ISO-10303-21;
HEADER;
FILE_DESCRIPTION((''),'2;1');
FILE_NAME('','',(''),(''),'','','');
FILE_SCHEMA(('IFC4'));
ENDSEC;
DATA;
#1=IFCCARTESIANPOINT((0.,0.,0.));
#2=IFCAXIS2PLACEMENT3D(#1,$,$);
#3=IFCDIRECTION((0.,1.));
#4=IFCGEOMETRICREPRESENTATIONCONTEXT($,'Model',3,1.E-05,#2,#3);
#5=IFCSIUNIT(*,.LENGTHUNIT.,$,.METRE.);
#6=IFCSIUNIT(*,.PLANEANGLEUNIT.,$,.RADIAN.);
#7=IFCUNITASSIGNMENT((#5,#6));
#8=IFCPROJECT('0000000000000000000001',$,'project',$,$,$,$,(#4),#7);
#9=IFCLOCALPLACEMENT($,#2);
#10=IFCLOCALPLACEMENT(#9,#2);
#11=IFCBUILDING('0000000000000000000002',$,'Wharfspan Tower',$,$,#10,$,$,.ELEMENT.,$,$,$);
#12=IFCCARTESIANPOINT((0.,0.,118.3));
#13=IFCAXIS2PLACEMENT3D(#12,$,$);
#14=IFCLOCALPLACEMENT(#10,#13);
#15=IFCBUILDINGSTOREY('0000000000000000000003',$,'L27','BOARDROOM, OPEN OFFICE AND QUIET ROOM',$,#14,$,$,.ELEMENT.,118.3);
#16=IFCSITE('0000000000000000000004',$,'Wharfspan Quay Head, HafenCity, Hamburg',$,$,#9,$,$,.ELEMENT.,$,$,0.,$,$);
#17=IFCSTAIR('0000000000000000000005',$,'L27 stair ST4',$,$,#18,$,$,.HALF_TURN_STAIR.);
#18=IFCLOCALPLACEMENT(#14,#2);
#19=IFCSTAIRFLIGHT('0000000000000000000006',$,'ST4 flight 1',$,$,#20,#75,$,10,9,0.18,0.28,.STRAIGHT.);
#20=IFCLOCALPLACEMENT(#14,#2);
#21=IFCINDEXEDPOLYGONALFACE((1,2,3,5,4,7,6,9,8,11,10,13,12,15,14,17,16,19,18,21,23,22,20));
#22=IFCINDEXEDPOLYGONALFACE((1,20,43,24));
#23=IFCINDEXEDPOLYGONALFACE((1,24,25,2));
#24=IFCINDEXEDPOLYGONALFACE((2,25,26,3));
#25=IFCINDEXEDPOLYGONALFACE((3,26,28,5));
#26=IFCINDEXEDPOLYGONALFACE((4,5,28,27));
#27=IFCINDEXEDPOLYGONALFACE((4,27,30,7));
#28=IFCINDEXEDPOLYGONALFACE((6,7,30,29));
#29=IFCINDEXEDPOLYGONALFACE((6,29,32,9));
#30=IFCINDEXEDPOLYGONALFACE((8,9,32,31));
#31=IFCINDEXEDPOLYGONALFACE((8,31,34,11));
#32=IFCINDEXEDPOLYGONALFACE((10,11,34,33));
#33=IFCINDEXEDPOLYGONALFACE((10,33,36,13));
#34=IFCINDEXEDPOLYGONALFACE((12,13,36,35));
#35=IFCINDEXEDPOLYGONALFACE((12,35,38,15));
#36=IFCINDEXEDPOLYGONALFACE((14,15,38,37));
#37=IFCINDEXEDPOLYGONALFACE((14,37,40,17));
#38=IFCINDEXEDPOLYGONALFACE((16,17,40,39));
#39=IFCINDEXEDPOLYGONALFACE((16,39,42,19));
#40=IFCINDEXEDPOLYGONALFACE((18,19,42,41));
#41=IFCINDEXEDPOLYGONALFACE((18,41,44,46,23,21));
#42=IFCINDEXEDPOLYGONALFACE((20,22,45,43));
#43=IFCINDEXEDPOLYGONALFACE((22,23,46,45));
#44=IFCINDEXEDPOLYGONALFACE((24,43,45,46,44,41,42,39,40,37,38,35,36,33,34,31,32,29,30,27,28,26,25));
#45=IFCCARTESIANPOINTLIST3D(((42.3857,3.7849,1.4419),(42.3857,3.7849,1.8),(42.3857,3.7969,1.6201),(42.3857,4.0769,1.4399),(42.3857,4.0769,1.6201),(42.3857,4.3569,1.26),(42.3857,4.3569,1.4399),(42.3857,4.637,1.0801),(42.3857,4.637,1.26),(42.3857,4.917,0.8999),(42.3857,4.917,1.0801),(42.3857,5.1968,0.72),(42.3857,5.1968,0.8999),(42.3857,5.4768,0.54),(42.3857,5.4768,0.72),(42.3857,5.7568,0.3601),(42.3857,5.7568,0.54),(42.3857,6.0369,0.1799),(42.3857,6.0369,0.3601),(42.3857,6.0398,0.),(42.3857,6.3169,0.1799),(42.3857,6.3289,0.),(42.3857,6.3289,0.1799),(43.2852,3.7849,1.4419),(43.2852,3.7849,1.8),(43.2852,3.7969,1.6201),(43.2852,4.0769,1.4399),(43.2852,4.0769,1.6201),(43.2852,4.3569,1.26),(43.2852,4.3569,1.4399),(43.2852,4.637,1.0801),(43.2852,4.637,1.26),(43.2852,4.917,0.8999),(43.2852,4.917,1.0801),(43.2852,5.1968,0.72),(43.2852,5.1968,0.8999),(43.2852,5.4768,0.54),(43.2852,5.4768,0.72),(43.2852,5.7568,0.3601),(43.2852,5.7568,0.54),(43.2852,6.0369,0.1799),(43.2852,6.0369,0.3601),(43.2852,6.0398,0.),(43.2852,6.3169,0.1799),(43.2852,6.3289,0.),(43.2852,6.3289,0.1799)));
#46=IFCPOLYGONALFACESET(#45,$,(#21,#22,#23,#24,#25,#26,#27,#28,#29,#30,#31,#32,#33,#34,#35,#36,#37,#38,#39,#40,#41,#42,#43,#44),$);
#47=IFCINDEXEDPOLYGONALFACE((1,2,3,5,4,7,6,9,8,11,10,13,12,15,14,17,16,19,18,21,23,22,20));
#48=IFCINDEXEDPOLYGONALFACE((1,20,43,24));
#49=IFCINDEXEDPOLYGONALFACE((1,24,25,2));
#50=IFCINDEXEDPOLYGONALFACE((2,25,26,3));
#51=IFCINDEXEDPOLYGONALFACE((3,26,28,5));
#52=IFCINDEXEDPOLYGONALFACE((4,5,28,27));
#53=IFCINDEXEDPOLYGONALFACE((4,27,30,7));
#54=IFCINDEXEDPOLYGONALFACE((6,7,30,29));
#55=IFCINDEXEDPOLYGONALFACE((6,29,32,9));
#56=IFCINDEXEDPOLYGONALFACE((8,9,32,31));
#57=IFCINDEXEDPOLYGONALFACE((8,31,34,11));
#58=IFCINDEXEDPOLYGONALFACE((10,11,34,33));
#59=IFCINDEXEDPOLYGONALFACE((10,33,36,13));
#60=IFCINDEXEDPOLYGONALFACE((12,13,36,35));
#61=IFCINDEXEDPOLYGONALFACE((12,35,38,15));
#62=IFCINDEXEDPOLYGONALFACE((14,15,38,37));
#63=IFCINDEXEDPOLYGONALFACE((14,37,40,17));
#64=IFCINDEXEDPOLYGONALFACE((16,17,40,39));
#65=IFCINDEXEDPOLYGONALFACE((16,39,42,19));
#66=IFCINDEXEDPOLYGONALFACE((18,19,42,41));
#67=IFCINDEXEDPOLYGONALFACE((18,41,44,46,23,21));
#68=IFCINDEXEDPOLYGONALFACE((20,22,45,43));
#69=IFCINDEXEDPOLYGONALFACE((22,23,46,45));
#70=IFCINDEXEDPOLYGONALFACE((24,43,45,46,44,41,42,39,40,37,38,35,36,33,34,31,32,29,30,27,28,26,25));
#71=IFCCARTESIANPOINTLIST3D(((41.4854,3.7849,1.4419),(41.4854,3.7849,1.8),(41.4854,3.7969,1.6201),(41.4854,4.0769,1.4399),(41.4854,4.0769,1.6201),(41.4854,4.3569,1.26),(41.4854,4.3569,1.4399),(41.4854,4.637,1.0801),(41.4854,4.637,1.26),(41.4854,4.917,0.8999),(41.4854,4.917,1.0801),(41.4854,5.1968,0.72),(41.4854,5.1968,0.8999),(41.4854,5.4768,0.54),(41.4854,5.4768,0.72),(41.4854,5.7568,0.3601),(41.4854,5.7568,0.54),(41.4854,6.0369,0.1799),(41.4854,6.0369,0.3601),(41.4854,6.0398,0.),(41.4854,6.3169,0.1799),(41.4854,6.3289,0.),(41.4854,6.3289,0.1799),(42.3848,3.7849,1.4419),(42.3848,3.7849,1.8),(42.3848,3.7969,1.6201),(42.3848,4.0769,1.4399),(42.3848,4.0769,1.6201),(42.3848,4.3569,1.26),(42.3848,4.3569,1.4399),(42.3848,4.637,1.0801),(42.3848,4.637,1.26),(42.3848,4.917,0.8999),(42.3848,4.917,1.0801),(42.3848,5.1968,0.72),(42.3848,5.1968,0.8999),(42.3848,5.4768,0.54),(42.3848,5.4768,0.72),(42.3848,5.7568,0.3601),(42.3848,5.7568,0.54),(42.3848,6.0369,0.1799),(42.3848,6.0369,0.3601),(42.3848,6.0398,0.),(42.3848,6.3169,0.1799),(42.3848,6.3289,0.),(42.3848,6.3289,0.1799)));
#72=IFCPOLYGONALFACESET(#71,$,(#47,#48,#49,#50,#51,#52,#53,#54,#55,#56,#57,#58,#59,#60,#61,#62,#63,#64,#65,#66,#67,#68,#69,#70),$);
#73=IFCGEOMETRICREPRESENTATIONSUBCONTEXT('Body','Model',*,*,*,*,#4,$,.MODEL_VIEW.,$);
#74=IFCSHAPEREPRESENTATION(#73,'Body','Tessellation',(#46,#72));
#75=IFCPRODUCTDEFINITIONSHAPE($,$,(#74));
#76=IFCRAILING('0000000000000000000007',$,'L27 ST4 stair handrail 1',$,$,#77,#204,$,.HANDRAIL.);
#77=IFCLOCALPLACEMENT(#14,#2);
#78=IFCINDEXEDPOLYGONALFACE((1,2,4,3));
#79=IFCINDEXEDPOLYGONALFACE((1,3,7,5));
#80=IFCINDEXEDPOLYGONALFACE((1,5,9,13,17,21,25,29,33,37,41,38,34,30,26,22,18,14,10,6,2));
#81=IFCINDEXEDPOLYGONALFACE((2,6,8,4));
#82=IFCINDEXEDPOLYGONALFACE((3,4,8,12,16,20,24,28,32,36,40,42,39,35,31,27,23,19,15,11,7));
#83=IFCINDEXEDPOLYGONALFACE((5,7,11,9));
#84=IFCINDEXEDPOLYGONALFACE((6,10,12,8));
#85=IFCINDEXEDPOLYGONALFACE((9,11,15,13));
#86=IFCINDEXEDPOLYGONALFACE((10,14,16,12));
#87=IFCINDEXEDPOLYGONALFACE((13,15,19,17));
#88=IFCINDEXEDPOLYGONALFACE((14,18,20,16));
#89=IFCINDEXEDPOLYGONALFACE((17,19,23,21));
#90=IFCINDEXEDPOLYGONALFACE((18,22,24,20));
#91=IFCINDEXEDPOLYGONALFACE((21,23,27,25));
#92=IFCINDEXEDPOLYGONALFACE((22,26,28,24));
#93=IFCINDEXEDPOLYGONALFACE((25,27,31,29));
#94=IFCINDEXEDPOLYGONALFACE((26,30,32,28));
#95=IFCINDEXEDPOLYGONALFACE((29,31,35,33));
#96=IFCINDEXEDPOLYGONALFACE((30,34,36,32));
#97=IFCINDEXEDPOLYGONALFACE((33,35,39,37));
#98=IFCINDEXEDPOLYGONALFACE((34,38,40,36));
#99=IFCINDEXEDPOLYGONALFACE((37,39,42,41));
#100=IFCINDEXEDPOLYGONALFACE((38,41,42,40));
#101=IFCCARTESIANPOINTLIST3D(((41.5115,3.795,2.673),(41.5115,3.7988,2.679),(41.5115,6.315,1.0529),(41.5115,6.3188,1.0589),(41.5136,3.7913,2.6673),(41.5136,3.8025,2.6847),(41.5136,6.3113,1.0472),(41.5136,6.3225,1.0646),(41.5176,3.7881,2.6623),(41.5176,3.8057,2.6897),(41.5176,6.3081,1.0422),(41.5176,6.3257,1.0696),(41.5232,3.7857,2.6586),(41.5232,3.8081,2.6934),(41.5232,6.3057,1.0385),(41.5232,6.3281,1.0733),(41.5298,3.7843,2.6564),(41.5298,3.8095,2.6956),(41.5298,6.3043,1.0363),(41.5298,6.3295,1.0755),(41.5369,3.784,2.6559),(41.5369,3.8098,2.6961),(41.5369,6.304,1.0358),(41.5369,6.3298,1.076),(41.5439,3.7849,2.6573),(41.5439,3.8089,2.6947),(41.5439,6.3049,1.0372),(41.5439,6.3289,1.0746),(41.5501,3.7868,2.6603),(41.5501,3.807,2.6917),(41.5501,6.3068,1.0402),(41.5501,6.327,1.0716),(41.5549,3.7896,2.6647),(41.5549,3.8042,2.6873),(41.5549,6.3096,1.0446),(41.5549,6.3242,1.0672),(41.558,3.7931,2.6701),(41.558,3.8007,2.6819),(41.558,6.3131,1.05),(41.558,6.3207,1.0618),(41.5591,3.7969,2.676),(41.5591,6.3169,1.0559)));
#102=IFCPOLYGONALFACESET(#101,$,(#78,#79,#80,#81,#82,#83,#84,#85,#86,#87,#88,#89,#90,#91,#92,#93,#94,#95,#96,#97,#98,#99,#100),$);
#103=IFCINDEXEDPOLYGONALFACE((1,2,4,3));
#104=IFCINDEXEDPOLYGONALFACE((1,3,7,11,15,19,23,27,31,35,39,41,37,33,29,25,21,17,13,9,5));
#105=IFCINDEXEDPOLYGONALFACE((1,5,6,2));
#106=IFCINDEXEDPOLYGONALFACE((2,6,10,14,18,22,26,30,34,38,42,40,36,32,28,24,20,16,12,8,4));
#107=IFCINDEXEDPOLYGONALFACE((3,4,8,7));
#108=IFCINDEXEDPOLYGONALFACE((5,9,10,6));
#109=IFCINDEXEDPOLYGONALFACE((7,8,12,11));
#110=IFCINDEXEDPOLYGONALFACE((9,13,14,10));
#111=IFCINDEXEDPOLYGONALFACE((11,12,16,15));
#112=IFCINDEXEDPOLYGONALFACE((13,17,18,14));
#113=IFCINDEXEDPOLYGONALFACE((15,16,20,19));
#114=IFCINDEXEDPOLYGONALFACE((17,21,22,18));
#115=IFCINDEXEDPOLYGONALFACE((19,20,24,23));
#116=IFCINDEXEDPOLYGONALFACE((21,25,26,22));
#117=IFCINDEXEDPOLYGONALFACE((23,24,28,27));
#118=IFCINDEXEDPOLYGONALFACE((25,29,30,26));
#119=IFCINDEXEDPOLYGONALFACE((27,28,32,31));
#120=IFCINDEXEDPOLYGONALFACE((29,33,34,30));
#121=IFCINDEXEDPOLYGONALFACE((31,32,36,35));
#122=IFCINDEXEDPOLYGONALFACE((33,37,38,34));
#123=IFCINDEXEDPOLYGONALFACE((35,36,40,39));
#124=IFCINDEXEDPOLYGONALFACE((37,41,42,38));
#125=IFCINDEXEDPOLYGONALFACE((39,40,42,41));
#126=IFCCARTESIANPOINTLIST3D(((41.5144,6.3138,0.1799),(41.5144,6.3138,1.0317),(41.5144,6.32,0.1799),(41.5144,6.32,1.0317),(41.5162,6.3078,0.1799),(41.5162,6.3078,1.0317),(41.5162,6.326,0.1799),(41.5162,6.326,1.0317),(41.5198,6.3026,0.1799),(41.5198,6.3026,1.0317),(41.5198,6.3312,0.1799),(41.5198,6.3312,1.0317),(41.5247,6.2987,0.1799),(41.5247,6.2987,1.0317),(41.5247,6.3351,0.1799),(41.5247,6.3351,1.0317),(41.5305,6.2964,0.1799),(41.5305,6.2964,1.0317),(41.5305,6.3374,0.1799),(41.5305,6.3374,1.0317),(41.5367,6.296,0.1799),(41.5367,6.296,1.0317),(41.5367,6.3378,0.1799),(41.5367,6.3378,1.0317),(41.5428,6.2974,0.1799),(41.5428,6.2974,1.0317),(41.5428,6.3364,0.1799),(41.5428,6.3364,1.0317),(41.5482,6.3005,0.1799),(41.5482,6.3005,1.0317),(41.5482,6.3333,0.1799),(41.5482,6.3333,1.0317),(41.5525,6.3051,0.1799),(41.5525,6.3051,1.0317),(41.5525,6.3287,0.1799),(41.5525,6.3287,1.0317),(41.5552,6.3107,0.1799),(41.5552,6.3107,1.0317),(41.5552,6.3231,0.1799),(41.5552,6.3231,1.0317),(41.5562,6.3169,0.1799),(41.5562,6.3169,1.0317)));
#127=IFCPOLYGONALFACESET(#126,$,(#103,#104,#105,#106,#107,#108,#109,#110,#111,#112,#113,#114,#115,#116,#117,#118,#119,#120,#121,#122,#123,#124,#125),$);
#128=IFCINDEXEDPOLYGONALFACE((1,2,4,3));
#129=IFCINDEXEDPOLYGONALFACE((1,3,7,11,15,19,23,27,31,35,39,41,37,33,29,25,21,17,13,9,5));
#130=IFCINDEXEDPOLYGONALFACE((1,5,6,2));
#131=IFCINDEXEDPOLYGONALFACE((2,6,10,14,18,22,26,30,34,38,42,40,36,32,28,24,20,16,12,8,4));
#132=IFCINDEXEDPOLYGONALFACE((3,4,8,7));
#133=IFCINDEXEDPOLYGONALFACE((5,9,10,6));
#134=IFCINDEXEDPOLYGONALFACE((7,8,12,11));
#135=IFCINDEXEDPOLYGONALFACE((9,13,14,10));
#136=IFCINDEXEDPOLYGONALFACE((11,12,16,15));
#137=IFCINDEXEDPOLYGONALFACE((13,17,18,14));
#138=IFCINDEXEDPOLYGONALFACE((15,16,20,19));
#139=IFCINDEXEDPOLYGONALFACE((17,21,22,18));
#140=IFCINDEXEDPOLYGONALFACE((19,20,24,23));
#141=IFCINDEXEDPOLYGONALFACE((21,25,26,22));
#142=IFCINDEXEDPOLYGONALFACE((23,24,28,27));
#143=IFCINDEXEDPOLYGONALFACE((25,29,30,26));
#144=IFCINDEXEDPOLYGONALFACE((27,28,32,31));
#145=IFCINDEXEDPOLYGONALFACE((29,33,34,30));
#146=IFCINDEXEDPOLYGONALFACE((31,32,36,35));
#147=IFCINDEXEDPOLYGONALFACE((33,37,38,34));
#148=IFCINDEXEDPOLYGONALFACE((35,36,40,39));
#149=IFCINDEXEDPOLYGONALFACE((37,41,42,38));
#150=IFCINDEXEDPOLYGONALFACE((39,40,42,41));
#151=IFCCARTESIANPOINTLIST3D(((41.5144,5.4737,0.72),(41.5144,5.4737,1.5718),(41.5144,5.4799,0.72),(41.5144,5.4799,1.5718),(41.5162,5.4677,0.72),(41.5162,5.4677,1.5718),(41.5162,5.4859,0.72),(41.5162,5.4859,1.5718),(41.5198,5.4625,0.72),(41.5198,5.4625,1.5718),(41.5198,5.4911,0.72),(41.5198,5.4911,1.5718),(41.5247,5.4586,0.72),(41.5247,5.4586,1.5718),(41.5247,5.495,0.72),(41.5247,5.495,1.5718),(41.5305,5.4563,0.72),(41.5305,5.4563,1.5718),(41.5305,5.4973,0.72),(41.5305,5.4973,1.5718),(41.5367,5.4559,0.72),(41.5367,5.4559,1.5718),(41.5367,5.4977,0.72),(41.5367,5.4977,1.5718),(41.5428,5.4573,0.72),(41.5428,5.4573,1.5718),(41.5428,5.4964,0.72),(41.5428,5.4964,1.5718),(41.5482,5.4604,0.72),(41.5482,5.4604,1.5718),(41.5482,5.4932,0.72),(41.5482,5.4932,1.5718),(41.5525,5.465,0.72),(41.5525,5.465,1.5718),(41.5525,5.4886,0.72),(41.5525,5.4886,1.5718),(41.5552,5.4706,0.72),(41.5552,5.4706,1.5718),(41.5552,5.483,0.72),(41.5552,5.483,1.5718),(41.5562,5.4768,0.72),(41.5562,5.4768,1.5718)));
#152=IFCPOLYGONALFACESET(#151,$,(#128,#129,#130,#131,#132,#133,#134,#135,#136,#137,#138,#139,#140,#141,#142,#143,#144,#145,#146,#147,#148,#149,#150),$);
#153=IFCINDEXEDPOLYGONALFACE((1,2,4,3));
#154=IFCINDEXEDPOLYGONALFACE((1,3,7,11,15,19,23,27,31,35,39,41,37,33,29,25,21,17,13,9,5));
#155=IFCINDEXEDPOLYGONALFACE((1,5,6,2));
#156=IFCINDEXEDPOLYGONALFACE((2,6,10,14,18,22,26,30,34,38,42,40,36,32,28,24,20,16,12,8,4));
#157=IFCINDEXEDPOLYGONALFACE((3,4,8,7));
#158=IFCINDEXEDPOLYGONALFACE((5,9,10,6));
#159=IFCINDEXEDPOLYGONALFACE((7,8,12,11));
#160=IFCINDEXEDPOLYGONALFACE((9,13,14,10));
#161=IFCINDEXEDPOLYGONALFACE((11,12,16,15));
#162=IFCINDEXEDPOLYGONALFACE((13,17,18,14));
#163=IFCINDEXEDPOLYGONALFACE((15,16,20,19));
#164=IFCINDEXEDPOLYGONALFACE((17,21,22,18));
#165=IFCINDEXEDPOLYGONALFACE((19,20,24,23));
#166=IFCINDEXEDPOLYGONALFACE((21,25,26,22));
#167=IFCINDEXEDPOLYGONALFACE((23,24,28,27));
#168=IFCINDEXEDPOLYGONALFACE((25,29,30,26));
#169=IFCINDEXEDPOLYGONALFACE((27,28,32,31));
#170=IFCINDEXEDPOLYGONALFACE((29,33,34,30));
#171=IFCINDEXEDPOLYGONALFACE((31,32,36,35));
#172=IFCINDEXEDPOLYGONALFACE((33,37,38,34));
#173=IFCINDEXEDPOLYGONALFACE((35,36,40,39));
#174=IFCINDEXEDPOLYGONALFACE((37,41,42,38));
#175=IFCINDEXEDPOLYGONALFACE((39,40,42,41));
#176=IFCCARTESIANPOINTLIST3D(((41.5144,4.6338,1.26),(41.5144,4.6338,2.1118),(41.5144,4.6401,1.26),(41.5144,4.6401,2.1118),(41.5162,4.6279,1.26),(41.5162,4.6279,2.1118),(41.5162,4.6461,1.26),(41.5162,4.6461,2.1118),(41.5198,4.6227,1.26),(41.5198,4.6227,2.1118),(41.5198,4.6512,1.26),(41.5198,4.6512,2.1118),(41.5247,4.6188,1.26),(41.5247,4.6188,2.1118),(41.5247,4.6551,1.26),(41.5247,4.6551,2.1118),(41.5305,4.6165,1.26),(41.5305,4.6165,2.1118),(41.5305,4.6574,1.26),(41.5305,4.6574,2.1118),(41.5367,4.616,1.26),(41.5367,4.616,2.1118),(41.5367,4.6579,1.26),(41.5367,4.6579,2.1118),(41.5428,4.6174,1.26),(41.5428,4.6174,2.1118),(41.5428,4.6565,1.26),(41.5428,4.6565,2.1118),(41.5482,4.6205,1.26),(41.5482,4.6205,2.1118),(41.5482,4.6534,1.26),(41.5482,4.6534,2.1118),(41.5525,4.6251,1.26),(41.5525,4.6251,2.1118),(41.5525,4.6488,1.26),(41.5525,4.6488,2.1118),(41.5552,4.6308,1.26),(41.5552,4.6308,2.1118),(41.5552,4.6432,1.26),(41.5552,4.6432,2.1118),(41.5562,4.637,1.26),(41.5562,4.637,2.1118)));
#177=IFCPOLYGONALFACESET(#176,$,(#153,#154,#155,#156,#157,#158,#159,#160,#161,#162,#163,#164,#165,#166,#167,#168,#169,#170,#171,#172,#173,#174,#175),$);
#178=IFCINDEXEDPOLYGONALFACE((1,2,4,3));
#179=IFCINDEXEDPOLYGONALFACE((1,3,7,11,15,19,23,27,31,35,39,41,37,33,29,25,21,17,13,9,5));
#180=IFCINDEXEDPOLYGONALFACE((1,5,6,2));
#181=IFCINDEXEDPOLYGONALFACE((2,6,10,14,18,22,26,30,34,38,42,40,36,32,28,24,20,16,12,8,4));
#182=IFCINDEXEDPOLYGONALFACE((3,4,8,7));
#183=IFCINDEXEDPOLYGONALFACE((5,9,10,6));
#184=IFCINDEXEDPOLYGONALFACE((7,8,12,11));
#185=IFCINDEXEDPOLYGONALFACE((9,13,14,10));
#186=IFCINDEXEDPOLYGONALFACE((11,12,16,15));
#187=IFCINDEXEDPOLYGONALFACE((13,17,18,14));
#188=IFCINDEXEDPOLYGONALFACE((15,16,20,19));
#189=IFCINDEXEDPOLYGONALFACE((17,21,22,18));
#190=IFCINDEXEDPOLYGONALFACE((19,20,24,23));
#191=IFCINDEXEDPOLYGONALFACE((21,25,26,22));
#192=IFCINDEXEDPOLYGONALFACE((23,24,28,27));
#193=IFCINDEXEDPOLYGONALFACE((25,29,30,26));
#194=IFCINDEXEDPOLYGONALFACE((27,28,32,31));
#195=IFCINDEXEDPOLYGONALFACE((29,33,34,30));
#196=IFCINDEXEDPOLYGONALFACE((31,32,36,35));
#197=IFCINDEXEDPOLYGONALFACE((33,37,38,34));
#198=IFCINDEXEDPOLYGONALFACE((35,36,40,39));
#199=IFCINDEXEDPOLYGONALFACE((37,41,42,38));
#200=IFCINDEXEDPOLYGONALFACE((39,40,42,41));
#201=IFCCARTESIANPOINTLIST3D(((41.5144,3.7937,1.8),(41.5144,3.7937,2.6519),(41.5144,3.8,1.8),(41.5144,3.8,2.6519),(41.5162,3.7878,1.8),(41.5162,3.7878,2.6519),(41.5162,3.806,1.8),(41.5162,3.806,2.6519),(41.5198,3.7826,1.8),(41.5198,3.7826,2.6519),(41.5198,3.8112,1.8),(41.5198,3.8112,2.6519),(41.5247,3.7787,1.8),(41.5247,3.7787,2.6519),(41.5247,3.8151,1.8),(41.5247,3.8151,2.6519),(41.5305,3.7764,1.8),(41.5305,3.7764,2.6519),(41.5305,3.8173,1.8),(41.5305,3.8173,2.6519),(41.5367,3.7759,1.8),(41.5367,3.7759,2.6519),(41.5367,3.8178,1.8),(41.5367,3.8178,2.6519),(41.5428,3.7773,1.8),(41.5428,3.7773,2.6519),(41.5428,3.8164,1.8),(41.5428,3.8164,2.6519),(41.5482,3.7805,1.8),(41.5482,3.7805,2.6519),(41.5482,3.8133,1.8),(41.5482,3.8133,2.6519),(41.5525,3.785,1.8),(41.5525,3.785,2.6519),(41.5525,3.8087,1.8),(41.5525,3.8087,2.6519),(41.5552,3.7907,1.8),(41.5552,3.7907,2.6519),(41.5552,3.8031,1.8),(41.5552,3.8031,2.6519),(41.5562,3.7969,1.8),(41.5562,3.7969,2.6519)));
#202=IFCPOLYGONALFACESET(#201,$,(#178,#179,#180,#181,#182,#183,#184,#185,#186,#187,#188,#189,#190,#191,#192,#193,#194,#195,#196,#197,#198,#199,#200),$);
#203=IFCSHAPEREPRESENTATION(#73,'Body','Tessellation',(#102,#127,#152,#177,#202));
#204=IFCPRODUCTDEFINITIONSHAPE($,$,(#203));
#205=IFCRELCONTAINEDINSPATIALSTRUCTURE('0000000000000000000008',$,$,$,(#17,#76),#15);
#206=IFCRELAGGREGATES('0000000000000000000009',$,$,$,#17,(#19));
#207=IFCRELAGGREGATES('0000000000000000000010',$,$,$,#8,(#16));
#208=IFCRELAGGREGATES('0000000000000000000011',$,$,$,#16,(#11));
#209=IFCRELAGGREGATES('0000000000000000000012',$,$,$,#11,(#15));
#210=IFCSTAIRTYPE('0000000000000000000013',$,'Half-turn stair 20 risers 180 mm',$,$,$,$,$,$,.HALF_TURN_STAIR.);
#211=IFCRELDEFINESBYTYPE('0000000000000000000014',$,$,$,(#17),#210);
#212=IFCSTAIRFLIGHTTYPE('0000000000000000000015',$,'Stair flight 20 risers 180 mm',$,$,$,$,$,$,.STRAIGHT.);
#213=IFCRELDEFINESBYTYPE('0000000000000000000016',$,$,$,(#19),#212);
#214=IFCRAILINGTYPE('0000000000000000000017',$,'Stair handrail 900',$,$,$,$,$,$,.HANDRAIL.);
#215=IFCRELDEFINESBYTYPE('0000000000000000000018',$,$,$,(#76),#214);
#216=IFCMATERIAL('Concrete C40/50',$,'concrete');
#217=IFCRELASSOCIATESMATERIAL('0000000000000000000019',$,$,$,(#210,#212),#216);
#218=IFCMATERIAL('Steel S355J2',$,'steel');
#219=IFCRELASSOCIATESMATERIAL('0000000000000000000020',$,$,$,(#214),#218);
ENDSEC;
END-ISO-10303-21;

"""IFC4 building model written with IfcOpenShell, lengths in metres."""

from ifc_helpers import new_model, si_unit, direction, frame, origin, origin_2d, place, context, subcontext, project, spatial, polyline, circle, outline, extrude, material, type_object, element, aggregate, save


model = new_model("IFC4")

# Units and contexts
model_context = context("Model", 3, precision=1e-05, world=origin(), true_north=direction((0.0, 1.0)))
body_context = subcontext(model_context, "Body", "Model", "MODEL_VIEW")
ifc_project = project(units=[si_unit("LENGTHUNIT", "METRE"), si_unit("PLANEANGLEUNIT", "RADIAN")], contexts=[model_context])

# Site, building, storey
site_placement = place(None, origin())
site = spatial("IfcSite", under=ifc_project, at=site_placement, Name="Wharfspan Quay Head, HafenCity, Hamburg", CompositionType="ELEMENT", RefElevation=0.0)
building_placement = place(site_placement, origin())
building = spatial("IfcBuilding", under=site, at=building_placement, Name="Wharfspan Tower", CompositionType="ELEMENT")
storey_placement = place(building_placement, frame((0.0, 0.0, 118.3)))
storey = spatial("IfcBuildingStorey", under=building, at=storey_placement, Name="L27", Description="BOARDROOM, OPEN OFFICE AND QUIET ROOM", CompositionType="ELEMENT", Elevation=118.3)

# Shared definitions
ifc_material_1 = material(Name="Steel S355J2", Category="steel")

# Shared definitions
ifc_material_2 = material(Name="Concrete C40/50", Category="concrete")

# Stair, stair flight
stair_type = type_object("IfcStairType", Name="Half-turn stair 20 risers 180 mm", PredefinedType="HALF_TURN_STAIR", material=ifc_material_2)
stair_placement = place(storey_placement, origin())
stair = element("IfcStair", 1, at=stair_placement, inside=storey, type_object=stair_type, Name="L27 stair ST4", PredefinedType="HALF_TURN_STAIR")
stair_flight_type = type_object("IfcStairFlightType", Name="Stair flight 20 risers 180 mm", PredefinedType="STRAIGHT", material=ifc_material_2)
stair_flight_placement = place(storey_placement, frame((42.3853, 6.3169, 0.0), z_axis=(0.0, 0.0, 1.0), x_axis=(0.0, -1.0, 0.0)))
stair_flight = element("IfcStairFlight", 2, at=stair_flight_placement, type_object=stair_flight_type, Name="ST4 flight 1", NumberOfRisers=10, NumberOfTreads=9, PredefinedType="STRAIGHT", RiserHeight=0.18, TreadLength=0.28, context=body_context, shape_type="SweptSolid", body=[
    extrude(outline(polyline([(-0.012, 0.0), (-0.012, 0.1799), (0.0, 0.1799), (0.28, 0.1799), (0.28, 0.3601), (0.5601, 0.3601), (0.5601, 0.54), (0.8401, 0.54), (0.8401, 0.72), (1.1201, 0.72), (1.1201, 0.8999), (1.3999, 0.8999), (1.3999, 1.0801), (1.6799, 1.0801), (1.6799, 1.26), (1.96, 1.26), (1.96, 1.4399), (2.24, 1.4399), (2.24, 1.6201), (2.52, 1.6201), (2.532, 1.8), (2.532, 1.4419), (0.2771, 0.0), (-0.012, 0.0)])), frame((0.0, 0.8999, 0.0), z_axis=(0.0, -1.0, 0.0), x_axis=(1.0, 0.0, 0.0)), (0.0, 0.0, 1.0), 0.8994),
    extrude(outline(polyline([(-0.012, 0.0), (-0.012, 0.1799), (0.0, 0.1799), (0.28, 0.1799), (0.28, 0.3601), (0.5601, 0.3601), (0.5601, 0.54), (0.8401, 0.54), (0.8401, 0.72), (1.1201, 0.72), (1.1201, 0.8999), (1.3999, 0.8999), (1.3999, 1.0801), (1.6799, 1.0801), (1.6799, 1.26), (1.96, 1.26), (1.96, 1.4399), (2.24, 1.4399), (2.24, 1.6201), (2.52, 1.6201), (2.532, 1.8), (2.532, 1.4419), (0.2771, 0.0), (-0.012, 0.0)])), frame((0.0, -0.0005, 0.0), z_axis=(0.0, -1.0, 0.0), x_axis=(1.0, 0.0, 0.0)), (0.0, 0.0, 1.0), 0.8994),
])
aggregate(stair, [stair_flight])

# Railing
railing_type = type_object("IfcRailingType", Name="Stair handrail 900", PredefinedType="HANDRAIL", material=ifc_material_1)
railing_placement = place(storey_placement, frame((41.5352, 6.3169, 0.1799)))
element("IfcRailing", 3, at=railing_placement, inside=storey, type_object=railing_type, Name="L27 ST4 stair handrail 1", PredefinedType="HANDRAIL", context=body_context, shape_type="SweptSolid", body=[
    extrude(circle(Radius=0.0239, at=origin_2d()), frame((0.0, 0.0, 0.876), z_axis=(0.0, -0.841163, 0.540782), x_axis=(1.0, 0.0, 0.0)), (0.0, 0.0, 1.0), 2.9958),
    extrude(circle(Radius=0.021, at=origin_2d()), origin(), (0.0, 0.0, 1.0), 0.8518),
    extrude(circle(Radius=0.021, at=origin_2d()), frame((0.0, -0.8401, 0.54)), (0.0, 0.0, 1.0), 0.8518),
    extrude(circle(Radius=0.021, at=origin_2d()), frame((0.0, -1.6799, 1.0801)), (0.0, 0.0, 1.0), 0.8518),
    extrude(circle(Radius=0.021, at=origin_2d()), frame((0.0, -2.52, 1.6201)), (0.0, 0.0, 1.0), 0.8518),
])

save(model, "model.ifc")
